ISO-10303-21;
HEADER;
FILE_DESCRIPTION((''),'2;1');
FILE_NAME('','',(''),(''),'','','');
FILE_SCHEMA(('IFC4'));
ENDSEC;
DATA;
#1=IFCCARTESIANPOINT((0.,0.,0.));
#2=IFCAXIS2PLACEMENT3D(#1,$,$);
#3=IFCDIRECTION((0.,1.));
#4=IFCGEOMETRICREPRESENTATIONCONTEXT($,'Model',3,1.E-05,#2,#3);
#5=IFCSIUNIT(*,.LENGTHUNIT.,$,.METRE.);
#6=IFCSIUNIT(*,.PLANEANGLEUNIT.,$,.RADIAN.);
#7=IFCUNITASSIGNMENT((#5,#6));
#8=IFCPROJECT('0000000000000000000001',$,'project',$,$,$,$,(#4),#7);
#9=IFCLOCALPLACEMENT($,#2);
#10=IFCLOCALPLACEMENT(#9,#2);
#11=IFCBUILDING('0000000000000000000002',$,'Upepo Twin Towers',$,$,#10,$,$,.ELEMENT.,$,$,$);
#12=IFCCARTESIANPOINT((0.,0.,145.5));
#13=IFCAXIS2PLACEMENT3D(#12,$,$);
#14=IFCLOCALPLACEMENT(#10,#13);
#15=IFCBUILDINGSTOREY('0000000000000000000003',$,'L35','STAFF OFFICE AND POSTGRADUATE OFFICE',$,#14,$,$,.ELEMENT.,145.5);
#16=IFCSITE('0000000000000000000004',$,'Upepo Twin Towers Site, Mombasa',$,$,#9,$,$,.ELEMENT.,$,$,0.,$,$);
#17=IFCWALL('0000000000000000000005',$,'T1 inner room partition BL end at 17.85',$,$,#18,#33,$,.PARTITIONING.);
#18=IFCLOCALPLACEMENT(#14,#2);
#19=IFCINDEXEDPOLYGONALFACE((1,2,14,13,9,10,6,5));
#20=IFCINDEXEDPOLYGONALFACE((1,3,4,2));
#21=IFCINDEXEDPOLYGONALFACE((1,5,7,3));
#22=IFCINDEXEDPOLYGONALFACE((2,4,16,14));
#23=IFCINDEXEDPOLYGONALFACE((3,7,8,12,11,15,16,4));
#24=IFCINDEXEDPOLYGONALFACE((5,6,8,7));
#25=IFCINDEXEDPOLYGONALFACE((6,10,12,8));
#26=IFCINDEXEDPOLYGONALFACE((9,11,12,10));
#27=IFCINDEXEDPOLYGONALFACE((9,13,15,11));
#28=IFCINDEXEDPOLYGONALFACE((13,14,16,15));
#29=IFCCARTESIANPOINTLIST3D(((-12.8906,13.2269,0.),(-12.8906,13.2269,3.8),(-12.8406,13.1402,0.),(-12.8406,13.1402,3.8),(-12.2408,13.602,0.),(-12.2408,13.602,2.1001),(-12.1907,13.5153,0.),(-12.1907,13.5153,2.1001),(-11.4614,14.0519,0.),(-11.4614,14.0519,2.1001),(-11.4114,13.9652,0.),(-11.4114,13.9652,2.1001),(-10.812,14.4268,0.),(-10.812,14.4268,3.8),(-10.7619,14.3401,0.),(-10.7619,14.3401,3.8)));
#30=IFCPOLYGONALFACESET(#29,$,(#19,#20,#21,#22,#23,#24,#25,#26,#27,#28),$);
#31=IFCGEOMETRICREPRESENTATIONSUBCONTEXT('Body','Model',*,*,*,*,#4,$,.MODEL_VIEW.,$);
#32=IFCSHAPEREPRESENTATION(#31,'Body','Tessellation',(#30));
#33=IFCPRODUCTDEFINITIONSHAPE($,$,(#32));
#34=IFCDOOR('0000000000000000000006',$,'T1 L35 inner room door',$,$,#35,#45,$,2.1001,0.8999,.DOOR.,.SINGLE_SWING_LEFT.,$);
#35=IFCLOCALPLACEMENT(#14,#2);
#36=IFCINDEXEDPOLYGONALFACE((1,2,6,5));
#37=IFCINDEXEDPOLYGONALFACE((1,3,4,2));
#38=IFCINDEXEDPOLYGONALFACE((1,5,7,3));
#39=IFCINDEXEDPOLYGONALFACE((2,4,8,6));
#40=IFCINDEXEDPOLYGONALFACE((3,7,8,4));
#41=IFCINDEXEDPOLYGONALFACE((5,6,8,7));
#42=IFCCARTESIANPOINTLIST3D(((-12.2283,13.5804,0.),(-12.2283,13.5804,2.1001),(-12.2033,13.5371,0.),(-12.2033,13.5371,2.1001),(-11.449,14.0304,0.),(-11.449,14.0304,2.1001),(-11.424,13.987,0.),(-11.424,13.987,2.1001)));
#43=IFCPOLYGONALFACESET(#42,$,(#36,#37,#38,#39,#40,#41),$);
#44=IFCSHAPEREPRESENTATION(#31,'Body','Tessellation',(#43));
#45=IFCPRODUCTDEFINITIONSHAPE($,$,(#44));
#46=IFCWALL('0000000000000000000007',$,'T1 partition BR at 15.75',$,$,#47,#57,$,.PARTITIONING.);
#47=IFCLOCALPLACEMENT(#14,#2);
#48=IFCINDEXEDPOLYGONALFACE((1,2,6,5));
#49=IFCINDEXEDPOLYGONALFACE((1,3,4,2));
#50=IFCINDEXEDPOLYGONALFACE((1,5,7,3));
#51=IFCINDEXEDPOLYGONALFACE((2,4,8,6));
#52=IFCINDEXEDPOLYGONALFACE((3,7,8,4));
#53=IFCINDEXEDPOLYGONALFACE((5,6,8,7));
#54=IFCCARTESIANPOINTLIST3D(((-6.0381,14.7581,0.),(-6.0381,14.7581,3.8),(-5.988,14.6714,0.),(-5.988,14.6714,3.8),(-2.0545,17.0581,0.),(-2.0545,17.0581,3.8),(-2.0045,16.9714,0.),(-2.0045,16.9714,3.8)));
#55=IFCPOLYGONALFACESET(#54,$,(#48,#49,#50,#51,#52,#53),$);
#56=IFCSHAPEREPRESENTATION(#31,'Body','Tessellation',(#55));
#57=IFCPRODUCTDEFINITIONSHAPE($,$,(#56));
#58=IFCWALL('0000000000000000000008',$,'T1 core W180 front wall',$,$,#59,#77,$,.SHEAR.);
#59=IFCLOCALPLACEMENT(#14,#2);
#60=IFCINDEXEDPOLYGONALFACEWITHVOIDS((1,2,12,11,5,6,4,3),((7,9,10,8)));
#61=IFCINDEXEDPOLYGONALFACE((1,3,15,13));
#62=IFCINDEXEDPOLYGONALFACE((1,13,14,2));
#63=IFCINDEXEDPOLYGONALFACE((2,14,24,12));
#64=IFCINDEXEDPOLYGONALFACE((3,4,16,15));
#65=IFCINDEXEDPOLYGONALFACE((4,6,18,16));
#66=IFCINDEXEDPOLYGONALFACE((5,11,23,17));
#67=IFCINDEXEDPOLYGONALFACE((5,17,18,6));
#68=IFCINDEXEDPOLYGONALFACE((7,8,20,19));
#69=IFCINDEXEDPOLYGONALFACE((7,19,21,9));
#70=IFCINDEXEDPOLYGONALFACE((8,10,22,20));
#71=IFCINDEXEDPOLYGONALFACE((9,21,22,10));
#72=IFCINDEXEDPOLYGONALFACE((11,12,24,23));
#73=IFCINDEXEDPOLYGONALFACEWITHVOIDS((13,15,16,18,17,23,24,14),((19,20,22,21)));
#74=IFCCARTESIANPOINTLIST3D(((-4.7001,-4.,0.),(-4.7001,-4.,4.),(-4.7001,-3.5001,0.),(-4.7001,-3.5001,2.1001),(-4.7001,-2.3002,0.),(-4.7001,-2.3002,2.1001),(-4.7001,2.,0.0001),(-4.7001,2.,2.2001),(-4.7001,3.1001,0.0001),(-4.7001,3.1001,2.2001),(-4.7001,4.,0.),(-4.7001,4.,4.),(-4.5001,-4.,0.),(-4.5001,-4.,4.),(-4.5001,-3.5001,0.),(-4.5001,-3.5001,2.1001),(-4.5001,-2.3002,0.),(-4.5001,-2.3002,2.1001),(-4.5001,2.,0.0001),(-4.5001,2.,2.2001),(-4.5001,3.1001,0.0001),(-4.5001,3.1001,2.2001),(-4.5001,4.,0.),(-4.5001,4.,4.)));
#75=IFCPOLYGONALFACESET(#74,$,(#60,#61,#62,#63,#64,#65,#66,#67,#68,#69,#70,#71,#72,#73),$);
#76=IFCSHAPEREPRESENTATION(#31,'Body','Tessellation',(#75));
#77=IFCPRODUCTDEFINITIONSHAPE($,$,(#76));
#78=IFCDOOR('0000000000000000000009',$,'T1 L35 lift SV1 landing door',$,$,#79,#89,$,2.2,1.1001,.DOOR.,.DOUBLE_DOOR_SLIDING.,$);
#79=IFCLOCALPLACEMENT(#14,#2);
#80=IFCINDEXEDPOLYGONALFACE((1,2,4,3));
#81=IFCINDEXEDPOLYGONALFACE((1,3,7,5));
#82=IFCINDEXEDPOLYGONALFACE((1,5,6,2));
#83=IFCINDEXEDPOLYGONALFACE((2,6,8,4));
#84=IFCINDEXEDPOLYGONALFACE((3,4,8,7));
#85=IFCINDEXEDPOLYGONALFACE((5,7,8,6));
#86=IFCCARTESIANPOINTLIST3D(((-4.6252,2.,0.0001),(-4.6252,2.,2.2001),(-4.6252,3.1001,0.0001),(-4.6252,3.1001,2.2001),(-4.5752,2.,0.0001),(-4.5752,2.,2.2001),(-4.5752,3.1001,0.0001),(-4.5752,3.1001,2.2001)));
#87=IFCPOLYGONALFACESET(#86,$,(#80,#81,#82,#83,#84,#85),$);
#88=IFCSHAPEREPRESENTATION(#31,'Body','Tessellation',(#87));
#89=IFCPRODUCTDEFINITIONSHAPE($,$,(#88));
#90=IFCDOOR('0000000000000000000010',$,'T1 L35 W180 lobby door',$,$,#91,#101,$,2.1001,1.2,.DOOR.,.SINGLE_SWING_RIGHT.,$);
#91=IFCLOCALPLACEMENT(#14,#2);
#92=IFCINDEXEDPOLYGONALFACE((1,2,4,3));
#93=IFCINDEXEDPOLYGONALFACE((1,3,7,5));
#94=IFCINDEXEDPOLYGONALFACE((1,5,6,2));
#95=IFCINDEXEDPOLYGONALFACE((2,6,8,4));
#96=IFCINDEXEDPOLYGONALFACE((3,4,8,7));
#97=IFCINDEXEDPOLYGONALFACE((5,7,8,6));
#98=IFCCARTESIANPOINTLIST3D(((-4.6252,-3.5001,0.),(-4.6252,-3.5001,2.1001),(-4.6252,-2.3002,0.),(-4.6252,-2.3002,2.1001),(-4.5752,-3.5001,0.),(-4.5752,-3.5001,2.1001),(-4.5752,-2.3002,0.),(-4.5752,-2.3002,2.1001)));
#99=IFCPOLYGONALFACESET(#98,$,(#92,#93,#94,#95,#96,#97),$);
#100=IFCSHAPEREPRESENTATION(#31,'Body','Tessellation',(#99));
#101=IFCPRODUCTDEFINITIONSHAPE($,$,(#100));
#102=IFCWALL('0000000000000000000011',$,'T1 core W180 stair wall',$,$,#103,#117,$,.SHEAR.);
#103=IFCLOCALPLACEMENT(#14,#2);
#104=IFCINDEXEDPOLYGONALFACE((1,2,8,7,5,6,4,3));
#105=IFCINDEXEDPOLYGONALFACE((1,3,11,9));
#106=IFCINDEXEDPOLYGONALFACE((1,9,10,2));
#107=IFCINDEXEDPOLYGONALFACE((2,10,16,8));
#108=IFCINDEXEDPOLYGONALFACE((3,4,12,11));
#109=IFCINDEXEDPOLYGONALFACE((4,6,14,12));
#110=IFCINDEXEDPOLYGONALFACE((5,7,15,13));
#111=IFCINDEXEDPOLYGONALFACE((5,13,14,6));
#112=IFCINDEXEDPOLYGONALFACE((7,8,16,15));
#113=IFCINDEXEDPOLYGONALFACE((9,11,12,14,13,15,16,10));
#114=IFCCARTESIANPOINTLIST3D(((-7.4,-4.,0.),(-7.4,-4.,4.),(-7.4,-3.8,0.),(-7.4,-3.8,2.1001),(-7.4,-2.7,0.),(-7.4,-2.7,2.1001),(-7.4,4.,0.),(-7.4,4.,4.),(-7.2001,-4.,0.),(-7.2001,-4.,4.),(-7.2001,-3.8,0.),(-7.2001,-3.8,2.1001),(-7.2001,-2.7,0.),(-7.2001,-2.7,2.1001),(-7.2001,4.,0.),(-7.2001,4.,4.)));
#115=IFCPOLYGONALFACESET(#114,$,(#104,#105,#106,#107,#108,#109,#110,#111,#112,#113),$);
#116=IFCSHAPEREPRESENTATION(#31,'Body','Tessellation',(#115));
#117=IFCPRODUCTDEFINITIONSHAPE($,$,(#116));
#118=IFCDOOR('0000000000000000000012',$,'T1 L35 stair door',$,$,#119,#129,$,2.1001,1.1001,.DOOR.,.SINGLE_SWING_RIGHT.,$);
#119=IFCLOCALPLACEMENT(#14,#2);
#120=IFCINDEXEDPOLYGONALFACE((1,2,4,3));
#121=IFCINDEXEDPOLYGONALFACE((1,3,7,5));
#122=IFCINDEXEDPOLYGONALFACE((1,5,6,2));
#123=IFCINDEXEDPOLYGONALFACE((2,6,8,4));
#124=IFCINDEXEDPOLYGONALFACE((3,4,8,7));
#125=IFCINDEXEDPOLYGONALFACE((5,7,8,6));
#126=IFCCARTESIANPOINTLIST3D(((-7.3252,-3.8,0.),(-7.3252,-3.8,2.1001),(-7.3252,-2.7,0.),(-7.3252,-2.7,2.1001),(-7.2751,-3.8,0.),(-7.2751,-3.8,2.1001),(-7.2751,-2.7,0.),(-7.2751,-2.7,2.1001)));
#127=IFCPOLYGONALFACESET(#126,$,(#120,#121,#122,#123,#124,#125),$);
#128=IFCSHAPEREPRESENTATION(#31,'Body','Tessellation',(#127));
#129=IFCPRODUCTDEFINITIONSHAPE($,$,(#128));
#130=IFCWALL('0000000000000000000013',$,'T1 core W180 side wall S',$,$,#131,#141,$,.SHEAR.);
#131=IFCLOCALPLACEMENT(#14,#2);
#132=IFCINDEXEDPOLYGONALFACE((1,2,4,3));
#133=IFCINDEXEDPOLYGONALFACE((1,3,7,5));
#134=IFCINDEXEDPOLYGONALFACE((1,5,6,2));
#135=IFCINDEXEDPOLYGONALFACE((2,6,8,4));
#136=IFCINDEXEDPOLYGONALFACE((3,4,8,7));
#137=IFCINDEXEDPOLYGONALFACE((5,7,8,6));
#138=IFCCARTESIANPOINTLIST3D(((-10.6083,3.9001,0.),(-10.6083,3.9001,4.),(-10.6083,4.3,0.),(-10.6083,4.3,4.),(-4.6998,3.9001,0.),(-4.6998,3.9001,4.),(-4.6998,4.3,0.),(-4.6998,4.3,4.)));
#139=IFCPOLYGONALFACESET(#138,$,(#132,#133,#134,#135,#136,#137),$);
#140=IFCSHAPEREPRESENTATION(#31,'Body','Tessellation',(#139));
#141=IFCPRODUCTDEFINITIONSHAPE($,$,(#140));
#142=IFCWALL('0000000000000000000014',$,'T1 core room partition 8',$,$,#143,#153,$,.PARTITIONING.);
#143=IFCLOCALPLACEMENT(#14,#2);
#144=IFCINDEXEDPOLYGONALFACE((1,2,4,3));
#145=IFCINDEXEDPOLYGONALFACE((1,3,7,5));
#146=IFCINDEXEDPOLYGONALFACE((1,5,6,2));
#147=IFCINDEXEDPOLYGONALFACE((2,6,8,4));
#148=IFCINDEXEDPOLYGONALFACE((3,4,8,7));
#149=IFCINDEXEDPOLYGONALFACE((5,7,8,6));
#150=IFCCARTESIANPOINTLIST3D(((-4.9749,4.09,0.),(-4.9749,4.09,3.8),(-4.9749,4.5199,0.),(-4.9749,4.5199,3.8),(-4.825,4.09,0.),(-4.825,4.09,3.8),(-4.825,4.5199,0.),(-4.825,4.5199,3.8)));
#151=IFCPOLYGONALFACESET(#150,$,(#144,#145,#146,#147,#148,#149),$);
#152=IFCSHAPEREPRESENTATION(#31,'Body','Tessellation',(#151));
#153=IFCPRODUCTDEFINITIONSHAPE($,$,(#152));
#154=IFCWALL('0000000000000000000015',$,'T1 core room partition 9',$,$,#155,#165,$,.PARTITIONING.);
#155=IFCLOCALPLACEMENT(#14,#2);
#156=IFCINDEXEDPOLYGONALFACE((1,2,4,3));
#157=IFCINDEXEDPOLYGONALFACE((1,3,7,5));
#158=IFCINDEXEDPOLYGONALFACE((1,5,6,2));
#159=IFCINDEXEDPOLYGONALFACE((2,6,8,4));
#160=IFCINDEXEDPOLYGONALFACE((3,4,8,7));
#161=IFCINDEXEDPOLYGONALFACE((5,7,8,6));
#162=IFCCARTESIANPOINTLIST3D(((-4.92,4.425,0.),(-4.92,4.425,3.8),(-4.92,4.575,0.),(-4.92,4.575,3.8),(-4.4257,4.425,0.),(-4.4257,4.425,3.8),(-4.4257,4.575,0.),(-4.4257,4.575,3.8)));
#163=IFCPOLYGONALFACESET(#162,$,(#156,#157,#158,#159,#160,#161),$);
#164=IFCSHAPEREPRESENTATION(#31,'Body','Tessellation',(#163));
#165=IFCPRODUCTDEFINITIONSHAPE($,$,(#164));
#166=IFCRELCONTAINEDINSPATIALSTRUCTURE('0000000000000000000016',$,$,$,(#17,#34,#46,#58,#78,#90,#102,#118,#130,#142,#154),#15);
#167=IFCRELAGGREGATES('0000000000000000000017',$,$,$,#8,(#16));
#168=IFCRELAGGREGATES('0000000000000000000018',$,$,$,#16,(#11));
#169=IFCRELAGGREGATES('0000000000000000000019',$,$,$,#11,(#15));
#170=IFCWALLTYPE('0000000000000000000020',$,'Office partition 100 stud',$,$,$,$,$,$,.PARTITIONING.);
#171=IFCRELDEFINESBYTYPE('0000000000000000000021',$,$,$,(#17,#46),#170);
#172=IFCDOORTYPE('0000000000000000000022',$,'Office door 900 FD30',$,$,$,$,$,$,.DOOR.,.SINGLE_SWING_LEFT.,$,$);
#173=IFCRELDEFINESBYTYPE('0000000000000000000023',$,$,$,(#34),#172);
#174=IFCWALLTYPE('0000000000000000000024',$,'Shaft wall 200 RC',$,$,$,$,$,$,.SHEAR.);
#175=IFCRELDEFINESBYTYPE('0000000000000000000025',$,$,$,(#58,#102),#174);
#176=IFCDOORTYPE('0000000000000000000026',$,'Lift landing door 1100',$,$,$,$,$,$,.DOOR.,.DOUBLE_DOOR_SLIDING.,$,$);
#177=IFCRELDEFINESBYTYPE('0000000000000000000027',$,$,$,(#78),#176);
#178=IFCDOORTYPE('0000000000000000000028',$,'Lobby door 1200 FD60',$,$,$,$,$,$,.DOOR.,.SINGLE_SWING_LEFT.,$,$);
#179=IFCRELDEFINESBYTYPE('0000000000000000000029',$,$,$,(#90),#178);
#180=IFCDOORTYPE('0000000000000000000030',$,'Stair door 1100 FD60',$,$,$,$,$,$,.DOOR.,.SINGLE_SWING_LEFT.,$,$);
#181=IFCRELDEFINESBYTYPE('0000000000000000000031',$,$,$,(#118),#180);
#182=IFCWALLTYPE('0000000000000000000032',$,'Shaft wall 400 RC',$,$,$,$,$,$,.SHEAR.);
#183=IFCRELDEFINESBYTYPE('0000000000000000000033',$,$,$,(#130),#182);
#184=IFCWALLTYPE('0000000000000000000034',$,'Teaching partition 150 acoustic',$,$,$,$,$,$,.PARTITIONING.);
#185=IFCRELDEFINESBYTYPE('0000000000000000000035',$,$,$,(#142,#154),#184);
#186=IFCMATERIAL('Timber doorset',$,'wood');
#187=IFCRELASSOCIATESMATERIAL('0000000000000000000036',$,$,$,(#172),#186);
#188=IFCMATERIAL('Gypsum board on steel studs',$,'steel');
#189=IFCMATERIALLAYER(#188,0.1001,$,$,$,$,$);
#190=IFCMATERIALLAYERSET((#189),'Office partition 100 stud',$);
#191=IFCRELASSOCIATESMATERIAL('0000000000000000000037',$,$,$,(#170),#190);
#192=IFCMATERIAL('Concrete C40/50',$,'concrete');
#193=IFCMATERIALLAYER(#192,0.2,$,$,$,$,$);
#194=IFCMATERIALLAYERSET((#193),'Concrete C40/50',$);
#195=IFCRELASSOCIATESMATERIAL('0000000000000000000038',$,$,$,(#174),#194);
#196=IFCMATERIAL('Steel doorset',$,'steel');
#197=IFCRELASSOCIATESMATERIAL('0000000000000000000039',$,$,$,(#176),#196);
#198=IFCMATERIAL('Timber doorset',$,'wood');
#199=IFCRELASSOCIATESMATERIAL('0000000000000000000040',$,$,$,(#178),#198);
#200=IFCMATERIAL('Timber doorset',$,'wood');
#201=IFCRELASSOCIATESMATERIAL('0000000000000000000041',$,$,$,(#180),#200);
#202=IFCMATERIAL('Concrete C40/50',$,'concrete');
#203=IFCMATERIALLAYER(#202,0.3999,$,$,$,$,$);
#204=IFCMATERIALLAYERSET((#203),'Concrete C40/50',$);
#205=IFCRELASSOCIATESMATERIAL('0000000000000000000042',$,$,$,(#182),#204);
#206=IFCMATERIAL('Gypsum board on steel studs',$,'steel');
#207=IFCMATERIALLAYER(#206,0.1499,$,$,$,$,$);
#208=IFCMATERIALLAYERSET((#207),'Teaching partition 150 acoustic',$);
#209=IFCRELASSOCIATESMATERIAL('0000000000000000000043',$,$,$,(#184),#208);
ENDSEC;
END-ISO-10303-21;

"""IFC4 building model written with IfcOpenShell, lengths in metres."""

from ifc_helpers import new_model, si_unit, direction, frame, frame_2d, origin, place, context, subcontext, project, spatial, rectangle, extrude, material, layer, layer_set, type_object, element, fill, save


model = new_model("IFC4")

# Units and contexts
model_context = context("Model", 3, precision=1e-05, world=origin(), true_north=direction((0.0, 1.0)))
body_context = subcontext(model_context, "Body", "Model", "MODEL_VIEW")
ifc_project = project(units=[si_unit("LENGTHUNIT", "METRE"), si_unit("PLANEANGLEUNIT", "RADIAN")], contexts=[model_context])

# Site, building, storey
site_placement = place(None, origin())
site = spatial("IfcSite", under=ifc_project, at=site_placement, Name="Upepo Twin Towers Site, Mombasa", CompositionType="ELEMENT", RefElevation=0.0)
building_placement = place(site_placement, origin())
building = spatial("IfcBuilding", under=site, at=building_placement, Name="Upepo Twin Towers", CompositionType="ELEMENT")
storey_placement = place(building_placement, frame((0.0, 0.0, 145.5)))
storey = spatial("IfcBuildingStorey", under=building, at=storey_placement, Name="L35", Description="STAFF OFFICE AND POSTGRADUATE OFFICE", CompositionType="ELEMENT", Elevation=145.5)

# Shared definitions
ifc_material_1 = material(Name="Timber doorset", Category="wood")
door_type_1 = type_object("IfcDoorType", Name="Office door 900 FD30", OperationType="SINGLE_SWING_LEFT", PredefinedType="DOOR", material=ifc_material_1)

# Shared definitions
ifc_material_2 = material(Name="Gypsum board on steel studs", Category="steel")
ifc_layer_1 = layer(ifc_material_2, 0.1001)
ifc_layer_set_1 = layer_set([ifc_layer_1], Name="Office partition 100 stud")
wall_type_1 = type_object("IfcWallType", Name="Office partition 100 stud", PredefinedType="PARTITIONING", material=ifc_layer_set_1)

# Wall, opening, door
wall_1_placement = place(storey_placement, frame((-10.7869, 14.3835, 0.0), z_axis=(0.0, 0.0, 1.0), x_axis=(-0.86605, -0.499957, 0.0)))
wall_1 = element("IfcWall", 1, at=wall_1_placement, inside=storey, type_object=wall_type_1, Name="T1 inner room partition BL end at 17.85", PredefinedType="PARTITIONING", context=body_context, shape_type="SweptSolid", body=[
    extrude(rectangle(XDim=2.4001, YDim=0.1001, at=frame_2d((1.2002, 0.0))), origin(), (0.0, 0.0, 1.0), 3.8),
])
opening_1_placement = place(wall_1_placement, frame((0.75, 0.0, 0.0)))
opening_1 = element("IfcOpeningElement", 2, at=opening_1_placement, cuts=wall_1, PredefinedType="OPENING", context=body_context, shape_type="SweptSolid", body=[
    extrude(rectangle(XDim=0.8999, YDim=2.1001, at=frame_2d((0.45, 1.05))), frame((0.0, 0.0601, 0.0), z_axis=(0.0, -1.0, 0.0), x_axis=(1.0, 0.0, 0.0)), (0.0, 0.0, 1.0), 0.1201),
])
door_1_placement = place(opening_1_placement, origin())
door_1 = element("IfcDoor", 3, at=door_1_placement, inside=storey, type_object=door_type_1, Name="T1 L35 inner room door", OperationType="SINGLE_SWING_LEFT", OverallHeight=2.1001, OverallWidth=0.8999, PredefinedType="DOOR", context=body_context, shape_type="SweptSolid", body=[
    extrude(rectangle(XDim=0.8999, YDim=2.1001, at=frame_2d((0.45, 1.05))), frame((0.0, 0.0249, 0.0), z_axis=(0.0, -1.0, 0.0), x_axis=(1.0, 0.0, 0.0)), (0.0, 0.0, 1.0), 0.05),
])
fill(opening_1, door_1)

# Wall
wall_2_placement = place(storey_placement, frame((-6.0129, 14.7148, 0.0), z_axis=(0.0, 0.0, 1.0), x_axis=(0.866017, 0.500015, 0.0)))
element("IfcWall", 4, at=wall_2_placement, inside=storey, type_object=wall_type_1, Name="T1 partition BR at 15.75", PredefinedType="PARTITIONING", context=body_context, shape_type="SweptSolid", body=[
    extrude(rectangle(XDim=4.5999, YDim=0.1001, at=frame_2d((2.2998, 0.0))), origin(), (0.0, 0.0, 1.0), 3.8),
])

# Wall, openings, doors
ifc_material_3 = material(Name="Concrete C40/50", Category="concrete")
ifc_layer_2 = layer(ifc_material_3, 0.2)
ifc_layer_set_2 = layer_set([ifc_layer_2], Name="Concrete C40/50")
wall_type_2 = type_object("IfcWallType", Name="Shaft wall 200 RC", PredefinedType="SHEAR", material=ifc_layer_set_2)
wall_3_placement = place(storey_placement, frame((-4.6001, 4.0, 0.0), z_axis=(0.0, 0.0, 1.0), x_axis=(0.0, -1.0, 0.0)))
wall_3 = element("IfcWall", 5, at=wall_3_placement, inside=storey, type_object=wall_type_2, Name="T1 core W180 front wall", PredefinedType="SHEAR", context=body_context, shape_type="SweptSolid", body=[
    extrude(rectangle(XDim=8.0, YDim=0.2, at=frame_2d((4.0, 0.0))), origin(), (0.0, 0.0, 1.0), 4.0),
])
opening_2_placement = place(wall_3_placement, frame((6.3, 0.0, 0.0)))
opening_2 = element("IfcOpeningElement", 6, at=opening_2_placement, cuts=wall_3, PredefinedType="OPENING", context=body_context, shape_type="SweptSolid", body=[
    extrude(rectangle(XDim=1.2, YDim=2.1001, at=frame_2d((0.6001, 1.05))), frame((0.0, 0.1099, 0.0), z_axis=(0.0, -1.0, 0.0), x_axis=(1.0, 0.0, 0.0)), (0.0, 0.0, 1.0), 0.22),
])
opening_3_placement = place(wall_3_placement, frame((0.8999, 0.0, 0.0)))
opening_3 = element("IfcOpeningElement", 7, at=opening_3_placement, cuts=wall_3, PredefinedType="OPENING", context=body_context, shape_type="SweptSolid", body=[
    extrude(rectangle(XDim=1.1001, YDim=2.2, at=frame_2d((0.55, 1.1001))), frame((0.0, 0.1099, 0.0), z_axis=(0.0, -1.0, 0.0), x_axis=(1.0, 0.0, 0.0)), (0.0, 0.0, 1.0), 0.22),
])
ifc_material_4 = material(Name="Steel doorset", Category="steel")
door_type_2 = type_object("IfcDoorType", Name="Lift landing door 1100", OperationType="DOUBLE_DOOR_SLIDING", PredefinedType="DOOR", material=ifc_material_4)
door_2_placement = place(opening_3_placement, origin())
door_2 = element("IfcDoor", 8, at=door_2_placement, inside=storey, type_object=door_type_2, Name="T1 L35 lift SV1 landing door", OperationType="DOUBLE_DOOR_SLIDING", OverallHeight=2.2, OverallWidth=1.1001, PredefinedType="DOOR", context=body_context, shape_type="SweptSolid", body=[
    extrude(rectangle(XDim=1.1001, YDim=2.2, at=frame_2d((0.55, 1.1001))), frame((0.0, 0.0249, 0.0), z_axis=(0.0, -1.0, 0.0), x_axis=(1.0, 0.0, 0.0)), (0.0, 0.0, 1.0), 0.05),
])
fill(opening_3, door_2)
ifc_material_5 = material(Name="Timber doorset", Category="wood")
door_type_3 = type_object("IfcDoorType", Name="Lobby door 1200 FD60", OperationType="SINGLE_SWING_LEFT", PredefinedType="DOOR", material=ifc_material_5)
door_3_placement = place(opening_2_placement, origin())
door_3 = element("IfcDoor", 9, at=door_3_placement, inside=storey, type_object=door_type_3, Name="T1 L35 W180 lobby door", OperationType="SINGLE_SWING_RIGHT", OverallHeight=2.1001, OverallWidth=1.2, PredefinedType="DOOR", context=body_context, shape_type="SweptSolid", body=[
    extrude(rectangle(XDim=1.2, YDim=2.1001, at=frame_2d((0.6001, 1.05))), frame((0.0, 0.0249, 0.0), z_axis=(0.0, -1.0, 0.0), x_axis=(1.0, 0.0, 0.0)), (0.0, 0.0, 1.0), 0.05),
])
fill(opening_2, door_3)

# Wall, opening, door
wall_4_placement = place(storey_placement, frame((-7.3, 4.0, 0.0), z_axis=(0.0, 0.0, 1.0), x_axis=(0.0, -1.0, 0.0)))
wall_4 = element("IfcWall", 10, at=wall_4_placement, inside=storey, type_object=wall_type_2, Name="T1 core W180 stair wall", PredefinedType="SHEAR", context=body_context, shape_type="SweptSolid", body=[
    extrude(rectangle(XDim=8.0, YDim=0.2, at=frame_2d((4.0, 0.0))), origin(), (0.0, 0.0, 1.0), 4.0),
])
opening_4_placement = place(wall_4_placement, frame((6.7, 0.0, 0.0)))
opening_4 = element("IfcOpeningElement", 11, at=opening_4_placement, cuts=wall_4, PredefinedType="OPENING", context=body_context, shape_type="SweptSolid", body=[
    extrude(rectangle(XDim=1.1001, YDim=2.1001, at=frame_2d((0.55, 1.05))), frame((0.0, 0.1099, 0.0), z_axis=(0.0, -1.0, 0.0), x_axis=(1.0, 0.0, 0.0)), (0.0, 0.0, 1.0), 0.22),
])
ifc_material_6 = material(Name="Timber doorset", Category="wood")
door_type_4 = type_object("IfcDoorType", Name="Stair door 1100 FD60", OperationType="SINGLE_SWING_LEFT", PredefinedType="DOOR", material=ifc_material_6)
door_4_placement = place(opening_4_placement, origin())
door_4 = element("IfcDoor", 12, at=door_4_placement, inside=storey, type_object=door_type_4, Name="T1 L35 stair door", OperationType="SINGLE_SWING_RIGHT", OverallHeight=2.1001, OverallWidth=1.1001, PredefinedType="DOOR", context=body_context, shape_type="SweptSolid", body=[
    extrude(rectangle(XDim=1.1001, YDim=2.1001, at=frame_2d((0.55, 1.05))), frame((0.0, 0.0249, 0.0), z_axis=(0.0, -1.0, 0.0), x_axis=(1.0, 0.0, 0.0)), (0.0, 0.0, 1.0), 0.05),
])
fill(opening_4, door_4)

# Walls
ifc_material_7 = material(Name="Concrete C40/50", Category="concrete")
ifc_layer_3 = layer(ifc_material_7, 0.3999)
ifc_layer_set_3 = layer_set([ifc_layer_3], Name="Concrete C40/50")
wall_type_3 = type_object("IfcWallType", Name="Shaft wall 400 RC", PredefinedType="SHEAR", material=ifc_layer_set_3)
wall_5_placement = place(storey_placement, frame((-4.7, 4.1001, 0.0), z_axis=(0.0, 0.0, 1.0), x_axis=(-1.0, 0.0, 0.0)))
element("IfcWall", 13, at=wall_5_placement, inside=storey, type_object=wall_type_3, Name="T1 core W180 side wall S", PredefinedType="SHEAR", context=body_context, shape_type="SweptSolid", body=[
    extrude(rectangle(XDim=5.9084, YDim=0.3999, at=frame_2d((2.9541, 0.0))), origin(), (0.0, 0.0, 1.0), 4.0),
])
ifc_material_8 = material(Name="Gypsum board on steel studs", Category="steel")
ifc_layer_4 = layer(ifc_material_8, 0.1499)
ifc_layer_set_4 = layer_set([ifc_layer_4], Name="Teaching partition 150 acoustic")
wall_type_4 = type_object("IfcWallType", Name="Teaching partition 150 acoustic", PredefinedType="PARTITIONING", material=ifc_layer_set_4)
wall_6_placement = place(storey_placement, frame((-4.8999, 4.0901, 0.0), z_axis=(0.0, 0.0, 1.0), x_axis=(0.0, 1.0, 0.0)))
element("IfcWall", 14, at=wall_6_placement, inside=storey, type_object=wall_type_4, Name="T1 core room partition 8", PredefinedType="PARTITIONING", context=body_context, shape_type="SweptSolid", body=[
    extrude(rectangle(XDim=0.4299, YDim=0.1499, at=frame_2d((0.2148, 0.0))), origin(), (0.0, 0.0, 1.0), 3.8),
])
wall_7_placement = place(storey_placement, frame((-4.9199, 4.5, 0.0), z_axis=(0.0, 0.0, 1.0), x_axis=(1.0, 0.0, 0.0)))
element("IfcWall", 15, at=wall_7_placement, inside=storey, type_object=wall_type_4, Name="T1 core room partition 9", PredefinedType="PARTITIONING", context=body_context, shape_type="SweptSolid", body=[
    extrude(rectangle(XDim=0.4944, YDim=0.1499, at=frame_2d((0.2471, 0.0))), origin(), (0.0, 0.0, 1.0), 3.8),
])

save(model, "model.ifc")
